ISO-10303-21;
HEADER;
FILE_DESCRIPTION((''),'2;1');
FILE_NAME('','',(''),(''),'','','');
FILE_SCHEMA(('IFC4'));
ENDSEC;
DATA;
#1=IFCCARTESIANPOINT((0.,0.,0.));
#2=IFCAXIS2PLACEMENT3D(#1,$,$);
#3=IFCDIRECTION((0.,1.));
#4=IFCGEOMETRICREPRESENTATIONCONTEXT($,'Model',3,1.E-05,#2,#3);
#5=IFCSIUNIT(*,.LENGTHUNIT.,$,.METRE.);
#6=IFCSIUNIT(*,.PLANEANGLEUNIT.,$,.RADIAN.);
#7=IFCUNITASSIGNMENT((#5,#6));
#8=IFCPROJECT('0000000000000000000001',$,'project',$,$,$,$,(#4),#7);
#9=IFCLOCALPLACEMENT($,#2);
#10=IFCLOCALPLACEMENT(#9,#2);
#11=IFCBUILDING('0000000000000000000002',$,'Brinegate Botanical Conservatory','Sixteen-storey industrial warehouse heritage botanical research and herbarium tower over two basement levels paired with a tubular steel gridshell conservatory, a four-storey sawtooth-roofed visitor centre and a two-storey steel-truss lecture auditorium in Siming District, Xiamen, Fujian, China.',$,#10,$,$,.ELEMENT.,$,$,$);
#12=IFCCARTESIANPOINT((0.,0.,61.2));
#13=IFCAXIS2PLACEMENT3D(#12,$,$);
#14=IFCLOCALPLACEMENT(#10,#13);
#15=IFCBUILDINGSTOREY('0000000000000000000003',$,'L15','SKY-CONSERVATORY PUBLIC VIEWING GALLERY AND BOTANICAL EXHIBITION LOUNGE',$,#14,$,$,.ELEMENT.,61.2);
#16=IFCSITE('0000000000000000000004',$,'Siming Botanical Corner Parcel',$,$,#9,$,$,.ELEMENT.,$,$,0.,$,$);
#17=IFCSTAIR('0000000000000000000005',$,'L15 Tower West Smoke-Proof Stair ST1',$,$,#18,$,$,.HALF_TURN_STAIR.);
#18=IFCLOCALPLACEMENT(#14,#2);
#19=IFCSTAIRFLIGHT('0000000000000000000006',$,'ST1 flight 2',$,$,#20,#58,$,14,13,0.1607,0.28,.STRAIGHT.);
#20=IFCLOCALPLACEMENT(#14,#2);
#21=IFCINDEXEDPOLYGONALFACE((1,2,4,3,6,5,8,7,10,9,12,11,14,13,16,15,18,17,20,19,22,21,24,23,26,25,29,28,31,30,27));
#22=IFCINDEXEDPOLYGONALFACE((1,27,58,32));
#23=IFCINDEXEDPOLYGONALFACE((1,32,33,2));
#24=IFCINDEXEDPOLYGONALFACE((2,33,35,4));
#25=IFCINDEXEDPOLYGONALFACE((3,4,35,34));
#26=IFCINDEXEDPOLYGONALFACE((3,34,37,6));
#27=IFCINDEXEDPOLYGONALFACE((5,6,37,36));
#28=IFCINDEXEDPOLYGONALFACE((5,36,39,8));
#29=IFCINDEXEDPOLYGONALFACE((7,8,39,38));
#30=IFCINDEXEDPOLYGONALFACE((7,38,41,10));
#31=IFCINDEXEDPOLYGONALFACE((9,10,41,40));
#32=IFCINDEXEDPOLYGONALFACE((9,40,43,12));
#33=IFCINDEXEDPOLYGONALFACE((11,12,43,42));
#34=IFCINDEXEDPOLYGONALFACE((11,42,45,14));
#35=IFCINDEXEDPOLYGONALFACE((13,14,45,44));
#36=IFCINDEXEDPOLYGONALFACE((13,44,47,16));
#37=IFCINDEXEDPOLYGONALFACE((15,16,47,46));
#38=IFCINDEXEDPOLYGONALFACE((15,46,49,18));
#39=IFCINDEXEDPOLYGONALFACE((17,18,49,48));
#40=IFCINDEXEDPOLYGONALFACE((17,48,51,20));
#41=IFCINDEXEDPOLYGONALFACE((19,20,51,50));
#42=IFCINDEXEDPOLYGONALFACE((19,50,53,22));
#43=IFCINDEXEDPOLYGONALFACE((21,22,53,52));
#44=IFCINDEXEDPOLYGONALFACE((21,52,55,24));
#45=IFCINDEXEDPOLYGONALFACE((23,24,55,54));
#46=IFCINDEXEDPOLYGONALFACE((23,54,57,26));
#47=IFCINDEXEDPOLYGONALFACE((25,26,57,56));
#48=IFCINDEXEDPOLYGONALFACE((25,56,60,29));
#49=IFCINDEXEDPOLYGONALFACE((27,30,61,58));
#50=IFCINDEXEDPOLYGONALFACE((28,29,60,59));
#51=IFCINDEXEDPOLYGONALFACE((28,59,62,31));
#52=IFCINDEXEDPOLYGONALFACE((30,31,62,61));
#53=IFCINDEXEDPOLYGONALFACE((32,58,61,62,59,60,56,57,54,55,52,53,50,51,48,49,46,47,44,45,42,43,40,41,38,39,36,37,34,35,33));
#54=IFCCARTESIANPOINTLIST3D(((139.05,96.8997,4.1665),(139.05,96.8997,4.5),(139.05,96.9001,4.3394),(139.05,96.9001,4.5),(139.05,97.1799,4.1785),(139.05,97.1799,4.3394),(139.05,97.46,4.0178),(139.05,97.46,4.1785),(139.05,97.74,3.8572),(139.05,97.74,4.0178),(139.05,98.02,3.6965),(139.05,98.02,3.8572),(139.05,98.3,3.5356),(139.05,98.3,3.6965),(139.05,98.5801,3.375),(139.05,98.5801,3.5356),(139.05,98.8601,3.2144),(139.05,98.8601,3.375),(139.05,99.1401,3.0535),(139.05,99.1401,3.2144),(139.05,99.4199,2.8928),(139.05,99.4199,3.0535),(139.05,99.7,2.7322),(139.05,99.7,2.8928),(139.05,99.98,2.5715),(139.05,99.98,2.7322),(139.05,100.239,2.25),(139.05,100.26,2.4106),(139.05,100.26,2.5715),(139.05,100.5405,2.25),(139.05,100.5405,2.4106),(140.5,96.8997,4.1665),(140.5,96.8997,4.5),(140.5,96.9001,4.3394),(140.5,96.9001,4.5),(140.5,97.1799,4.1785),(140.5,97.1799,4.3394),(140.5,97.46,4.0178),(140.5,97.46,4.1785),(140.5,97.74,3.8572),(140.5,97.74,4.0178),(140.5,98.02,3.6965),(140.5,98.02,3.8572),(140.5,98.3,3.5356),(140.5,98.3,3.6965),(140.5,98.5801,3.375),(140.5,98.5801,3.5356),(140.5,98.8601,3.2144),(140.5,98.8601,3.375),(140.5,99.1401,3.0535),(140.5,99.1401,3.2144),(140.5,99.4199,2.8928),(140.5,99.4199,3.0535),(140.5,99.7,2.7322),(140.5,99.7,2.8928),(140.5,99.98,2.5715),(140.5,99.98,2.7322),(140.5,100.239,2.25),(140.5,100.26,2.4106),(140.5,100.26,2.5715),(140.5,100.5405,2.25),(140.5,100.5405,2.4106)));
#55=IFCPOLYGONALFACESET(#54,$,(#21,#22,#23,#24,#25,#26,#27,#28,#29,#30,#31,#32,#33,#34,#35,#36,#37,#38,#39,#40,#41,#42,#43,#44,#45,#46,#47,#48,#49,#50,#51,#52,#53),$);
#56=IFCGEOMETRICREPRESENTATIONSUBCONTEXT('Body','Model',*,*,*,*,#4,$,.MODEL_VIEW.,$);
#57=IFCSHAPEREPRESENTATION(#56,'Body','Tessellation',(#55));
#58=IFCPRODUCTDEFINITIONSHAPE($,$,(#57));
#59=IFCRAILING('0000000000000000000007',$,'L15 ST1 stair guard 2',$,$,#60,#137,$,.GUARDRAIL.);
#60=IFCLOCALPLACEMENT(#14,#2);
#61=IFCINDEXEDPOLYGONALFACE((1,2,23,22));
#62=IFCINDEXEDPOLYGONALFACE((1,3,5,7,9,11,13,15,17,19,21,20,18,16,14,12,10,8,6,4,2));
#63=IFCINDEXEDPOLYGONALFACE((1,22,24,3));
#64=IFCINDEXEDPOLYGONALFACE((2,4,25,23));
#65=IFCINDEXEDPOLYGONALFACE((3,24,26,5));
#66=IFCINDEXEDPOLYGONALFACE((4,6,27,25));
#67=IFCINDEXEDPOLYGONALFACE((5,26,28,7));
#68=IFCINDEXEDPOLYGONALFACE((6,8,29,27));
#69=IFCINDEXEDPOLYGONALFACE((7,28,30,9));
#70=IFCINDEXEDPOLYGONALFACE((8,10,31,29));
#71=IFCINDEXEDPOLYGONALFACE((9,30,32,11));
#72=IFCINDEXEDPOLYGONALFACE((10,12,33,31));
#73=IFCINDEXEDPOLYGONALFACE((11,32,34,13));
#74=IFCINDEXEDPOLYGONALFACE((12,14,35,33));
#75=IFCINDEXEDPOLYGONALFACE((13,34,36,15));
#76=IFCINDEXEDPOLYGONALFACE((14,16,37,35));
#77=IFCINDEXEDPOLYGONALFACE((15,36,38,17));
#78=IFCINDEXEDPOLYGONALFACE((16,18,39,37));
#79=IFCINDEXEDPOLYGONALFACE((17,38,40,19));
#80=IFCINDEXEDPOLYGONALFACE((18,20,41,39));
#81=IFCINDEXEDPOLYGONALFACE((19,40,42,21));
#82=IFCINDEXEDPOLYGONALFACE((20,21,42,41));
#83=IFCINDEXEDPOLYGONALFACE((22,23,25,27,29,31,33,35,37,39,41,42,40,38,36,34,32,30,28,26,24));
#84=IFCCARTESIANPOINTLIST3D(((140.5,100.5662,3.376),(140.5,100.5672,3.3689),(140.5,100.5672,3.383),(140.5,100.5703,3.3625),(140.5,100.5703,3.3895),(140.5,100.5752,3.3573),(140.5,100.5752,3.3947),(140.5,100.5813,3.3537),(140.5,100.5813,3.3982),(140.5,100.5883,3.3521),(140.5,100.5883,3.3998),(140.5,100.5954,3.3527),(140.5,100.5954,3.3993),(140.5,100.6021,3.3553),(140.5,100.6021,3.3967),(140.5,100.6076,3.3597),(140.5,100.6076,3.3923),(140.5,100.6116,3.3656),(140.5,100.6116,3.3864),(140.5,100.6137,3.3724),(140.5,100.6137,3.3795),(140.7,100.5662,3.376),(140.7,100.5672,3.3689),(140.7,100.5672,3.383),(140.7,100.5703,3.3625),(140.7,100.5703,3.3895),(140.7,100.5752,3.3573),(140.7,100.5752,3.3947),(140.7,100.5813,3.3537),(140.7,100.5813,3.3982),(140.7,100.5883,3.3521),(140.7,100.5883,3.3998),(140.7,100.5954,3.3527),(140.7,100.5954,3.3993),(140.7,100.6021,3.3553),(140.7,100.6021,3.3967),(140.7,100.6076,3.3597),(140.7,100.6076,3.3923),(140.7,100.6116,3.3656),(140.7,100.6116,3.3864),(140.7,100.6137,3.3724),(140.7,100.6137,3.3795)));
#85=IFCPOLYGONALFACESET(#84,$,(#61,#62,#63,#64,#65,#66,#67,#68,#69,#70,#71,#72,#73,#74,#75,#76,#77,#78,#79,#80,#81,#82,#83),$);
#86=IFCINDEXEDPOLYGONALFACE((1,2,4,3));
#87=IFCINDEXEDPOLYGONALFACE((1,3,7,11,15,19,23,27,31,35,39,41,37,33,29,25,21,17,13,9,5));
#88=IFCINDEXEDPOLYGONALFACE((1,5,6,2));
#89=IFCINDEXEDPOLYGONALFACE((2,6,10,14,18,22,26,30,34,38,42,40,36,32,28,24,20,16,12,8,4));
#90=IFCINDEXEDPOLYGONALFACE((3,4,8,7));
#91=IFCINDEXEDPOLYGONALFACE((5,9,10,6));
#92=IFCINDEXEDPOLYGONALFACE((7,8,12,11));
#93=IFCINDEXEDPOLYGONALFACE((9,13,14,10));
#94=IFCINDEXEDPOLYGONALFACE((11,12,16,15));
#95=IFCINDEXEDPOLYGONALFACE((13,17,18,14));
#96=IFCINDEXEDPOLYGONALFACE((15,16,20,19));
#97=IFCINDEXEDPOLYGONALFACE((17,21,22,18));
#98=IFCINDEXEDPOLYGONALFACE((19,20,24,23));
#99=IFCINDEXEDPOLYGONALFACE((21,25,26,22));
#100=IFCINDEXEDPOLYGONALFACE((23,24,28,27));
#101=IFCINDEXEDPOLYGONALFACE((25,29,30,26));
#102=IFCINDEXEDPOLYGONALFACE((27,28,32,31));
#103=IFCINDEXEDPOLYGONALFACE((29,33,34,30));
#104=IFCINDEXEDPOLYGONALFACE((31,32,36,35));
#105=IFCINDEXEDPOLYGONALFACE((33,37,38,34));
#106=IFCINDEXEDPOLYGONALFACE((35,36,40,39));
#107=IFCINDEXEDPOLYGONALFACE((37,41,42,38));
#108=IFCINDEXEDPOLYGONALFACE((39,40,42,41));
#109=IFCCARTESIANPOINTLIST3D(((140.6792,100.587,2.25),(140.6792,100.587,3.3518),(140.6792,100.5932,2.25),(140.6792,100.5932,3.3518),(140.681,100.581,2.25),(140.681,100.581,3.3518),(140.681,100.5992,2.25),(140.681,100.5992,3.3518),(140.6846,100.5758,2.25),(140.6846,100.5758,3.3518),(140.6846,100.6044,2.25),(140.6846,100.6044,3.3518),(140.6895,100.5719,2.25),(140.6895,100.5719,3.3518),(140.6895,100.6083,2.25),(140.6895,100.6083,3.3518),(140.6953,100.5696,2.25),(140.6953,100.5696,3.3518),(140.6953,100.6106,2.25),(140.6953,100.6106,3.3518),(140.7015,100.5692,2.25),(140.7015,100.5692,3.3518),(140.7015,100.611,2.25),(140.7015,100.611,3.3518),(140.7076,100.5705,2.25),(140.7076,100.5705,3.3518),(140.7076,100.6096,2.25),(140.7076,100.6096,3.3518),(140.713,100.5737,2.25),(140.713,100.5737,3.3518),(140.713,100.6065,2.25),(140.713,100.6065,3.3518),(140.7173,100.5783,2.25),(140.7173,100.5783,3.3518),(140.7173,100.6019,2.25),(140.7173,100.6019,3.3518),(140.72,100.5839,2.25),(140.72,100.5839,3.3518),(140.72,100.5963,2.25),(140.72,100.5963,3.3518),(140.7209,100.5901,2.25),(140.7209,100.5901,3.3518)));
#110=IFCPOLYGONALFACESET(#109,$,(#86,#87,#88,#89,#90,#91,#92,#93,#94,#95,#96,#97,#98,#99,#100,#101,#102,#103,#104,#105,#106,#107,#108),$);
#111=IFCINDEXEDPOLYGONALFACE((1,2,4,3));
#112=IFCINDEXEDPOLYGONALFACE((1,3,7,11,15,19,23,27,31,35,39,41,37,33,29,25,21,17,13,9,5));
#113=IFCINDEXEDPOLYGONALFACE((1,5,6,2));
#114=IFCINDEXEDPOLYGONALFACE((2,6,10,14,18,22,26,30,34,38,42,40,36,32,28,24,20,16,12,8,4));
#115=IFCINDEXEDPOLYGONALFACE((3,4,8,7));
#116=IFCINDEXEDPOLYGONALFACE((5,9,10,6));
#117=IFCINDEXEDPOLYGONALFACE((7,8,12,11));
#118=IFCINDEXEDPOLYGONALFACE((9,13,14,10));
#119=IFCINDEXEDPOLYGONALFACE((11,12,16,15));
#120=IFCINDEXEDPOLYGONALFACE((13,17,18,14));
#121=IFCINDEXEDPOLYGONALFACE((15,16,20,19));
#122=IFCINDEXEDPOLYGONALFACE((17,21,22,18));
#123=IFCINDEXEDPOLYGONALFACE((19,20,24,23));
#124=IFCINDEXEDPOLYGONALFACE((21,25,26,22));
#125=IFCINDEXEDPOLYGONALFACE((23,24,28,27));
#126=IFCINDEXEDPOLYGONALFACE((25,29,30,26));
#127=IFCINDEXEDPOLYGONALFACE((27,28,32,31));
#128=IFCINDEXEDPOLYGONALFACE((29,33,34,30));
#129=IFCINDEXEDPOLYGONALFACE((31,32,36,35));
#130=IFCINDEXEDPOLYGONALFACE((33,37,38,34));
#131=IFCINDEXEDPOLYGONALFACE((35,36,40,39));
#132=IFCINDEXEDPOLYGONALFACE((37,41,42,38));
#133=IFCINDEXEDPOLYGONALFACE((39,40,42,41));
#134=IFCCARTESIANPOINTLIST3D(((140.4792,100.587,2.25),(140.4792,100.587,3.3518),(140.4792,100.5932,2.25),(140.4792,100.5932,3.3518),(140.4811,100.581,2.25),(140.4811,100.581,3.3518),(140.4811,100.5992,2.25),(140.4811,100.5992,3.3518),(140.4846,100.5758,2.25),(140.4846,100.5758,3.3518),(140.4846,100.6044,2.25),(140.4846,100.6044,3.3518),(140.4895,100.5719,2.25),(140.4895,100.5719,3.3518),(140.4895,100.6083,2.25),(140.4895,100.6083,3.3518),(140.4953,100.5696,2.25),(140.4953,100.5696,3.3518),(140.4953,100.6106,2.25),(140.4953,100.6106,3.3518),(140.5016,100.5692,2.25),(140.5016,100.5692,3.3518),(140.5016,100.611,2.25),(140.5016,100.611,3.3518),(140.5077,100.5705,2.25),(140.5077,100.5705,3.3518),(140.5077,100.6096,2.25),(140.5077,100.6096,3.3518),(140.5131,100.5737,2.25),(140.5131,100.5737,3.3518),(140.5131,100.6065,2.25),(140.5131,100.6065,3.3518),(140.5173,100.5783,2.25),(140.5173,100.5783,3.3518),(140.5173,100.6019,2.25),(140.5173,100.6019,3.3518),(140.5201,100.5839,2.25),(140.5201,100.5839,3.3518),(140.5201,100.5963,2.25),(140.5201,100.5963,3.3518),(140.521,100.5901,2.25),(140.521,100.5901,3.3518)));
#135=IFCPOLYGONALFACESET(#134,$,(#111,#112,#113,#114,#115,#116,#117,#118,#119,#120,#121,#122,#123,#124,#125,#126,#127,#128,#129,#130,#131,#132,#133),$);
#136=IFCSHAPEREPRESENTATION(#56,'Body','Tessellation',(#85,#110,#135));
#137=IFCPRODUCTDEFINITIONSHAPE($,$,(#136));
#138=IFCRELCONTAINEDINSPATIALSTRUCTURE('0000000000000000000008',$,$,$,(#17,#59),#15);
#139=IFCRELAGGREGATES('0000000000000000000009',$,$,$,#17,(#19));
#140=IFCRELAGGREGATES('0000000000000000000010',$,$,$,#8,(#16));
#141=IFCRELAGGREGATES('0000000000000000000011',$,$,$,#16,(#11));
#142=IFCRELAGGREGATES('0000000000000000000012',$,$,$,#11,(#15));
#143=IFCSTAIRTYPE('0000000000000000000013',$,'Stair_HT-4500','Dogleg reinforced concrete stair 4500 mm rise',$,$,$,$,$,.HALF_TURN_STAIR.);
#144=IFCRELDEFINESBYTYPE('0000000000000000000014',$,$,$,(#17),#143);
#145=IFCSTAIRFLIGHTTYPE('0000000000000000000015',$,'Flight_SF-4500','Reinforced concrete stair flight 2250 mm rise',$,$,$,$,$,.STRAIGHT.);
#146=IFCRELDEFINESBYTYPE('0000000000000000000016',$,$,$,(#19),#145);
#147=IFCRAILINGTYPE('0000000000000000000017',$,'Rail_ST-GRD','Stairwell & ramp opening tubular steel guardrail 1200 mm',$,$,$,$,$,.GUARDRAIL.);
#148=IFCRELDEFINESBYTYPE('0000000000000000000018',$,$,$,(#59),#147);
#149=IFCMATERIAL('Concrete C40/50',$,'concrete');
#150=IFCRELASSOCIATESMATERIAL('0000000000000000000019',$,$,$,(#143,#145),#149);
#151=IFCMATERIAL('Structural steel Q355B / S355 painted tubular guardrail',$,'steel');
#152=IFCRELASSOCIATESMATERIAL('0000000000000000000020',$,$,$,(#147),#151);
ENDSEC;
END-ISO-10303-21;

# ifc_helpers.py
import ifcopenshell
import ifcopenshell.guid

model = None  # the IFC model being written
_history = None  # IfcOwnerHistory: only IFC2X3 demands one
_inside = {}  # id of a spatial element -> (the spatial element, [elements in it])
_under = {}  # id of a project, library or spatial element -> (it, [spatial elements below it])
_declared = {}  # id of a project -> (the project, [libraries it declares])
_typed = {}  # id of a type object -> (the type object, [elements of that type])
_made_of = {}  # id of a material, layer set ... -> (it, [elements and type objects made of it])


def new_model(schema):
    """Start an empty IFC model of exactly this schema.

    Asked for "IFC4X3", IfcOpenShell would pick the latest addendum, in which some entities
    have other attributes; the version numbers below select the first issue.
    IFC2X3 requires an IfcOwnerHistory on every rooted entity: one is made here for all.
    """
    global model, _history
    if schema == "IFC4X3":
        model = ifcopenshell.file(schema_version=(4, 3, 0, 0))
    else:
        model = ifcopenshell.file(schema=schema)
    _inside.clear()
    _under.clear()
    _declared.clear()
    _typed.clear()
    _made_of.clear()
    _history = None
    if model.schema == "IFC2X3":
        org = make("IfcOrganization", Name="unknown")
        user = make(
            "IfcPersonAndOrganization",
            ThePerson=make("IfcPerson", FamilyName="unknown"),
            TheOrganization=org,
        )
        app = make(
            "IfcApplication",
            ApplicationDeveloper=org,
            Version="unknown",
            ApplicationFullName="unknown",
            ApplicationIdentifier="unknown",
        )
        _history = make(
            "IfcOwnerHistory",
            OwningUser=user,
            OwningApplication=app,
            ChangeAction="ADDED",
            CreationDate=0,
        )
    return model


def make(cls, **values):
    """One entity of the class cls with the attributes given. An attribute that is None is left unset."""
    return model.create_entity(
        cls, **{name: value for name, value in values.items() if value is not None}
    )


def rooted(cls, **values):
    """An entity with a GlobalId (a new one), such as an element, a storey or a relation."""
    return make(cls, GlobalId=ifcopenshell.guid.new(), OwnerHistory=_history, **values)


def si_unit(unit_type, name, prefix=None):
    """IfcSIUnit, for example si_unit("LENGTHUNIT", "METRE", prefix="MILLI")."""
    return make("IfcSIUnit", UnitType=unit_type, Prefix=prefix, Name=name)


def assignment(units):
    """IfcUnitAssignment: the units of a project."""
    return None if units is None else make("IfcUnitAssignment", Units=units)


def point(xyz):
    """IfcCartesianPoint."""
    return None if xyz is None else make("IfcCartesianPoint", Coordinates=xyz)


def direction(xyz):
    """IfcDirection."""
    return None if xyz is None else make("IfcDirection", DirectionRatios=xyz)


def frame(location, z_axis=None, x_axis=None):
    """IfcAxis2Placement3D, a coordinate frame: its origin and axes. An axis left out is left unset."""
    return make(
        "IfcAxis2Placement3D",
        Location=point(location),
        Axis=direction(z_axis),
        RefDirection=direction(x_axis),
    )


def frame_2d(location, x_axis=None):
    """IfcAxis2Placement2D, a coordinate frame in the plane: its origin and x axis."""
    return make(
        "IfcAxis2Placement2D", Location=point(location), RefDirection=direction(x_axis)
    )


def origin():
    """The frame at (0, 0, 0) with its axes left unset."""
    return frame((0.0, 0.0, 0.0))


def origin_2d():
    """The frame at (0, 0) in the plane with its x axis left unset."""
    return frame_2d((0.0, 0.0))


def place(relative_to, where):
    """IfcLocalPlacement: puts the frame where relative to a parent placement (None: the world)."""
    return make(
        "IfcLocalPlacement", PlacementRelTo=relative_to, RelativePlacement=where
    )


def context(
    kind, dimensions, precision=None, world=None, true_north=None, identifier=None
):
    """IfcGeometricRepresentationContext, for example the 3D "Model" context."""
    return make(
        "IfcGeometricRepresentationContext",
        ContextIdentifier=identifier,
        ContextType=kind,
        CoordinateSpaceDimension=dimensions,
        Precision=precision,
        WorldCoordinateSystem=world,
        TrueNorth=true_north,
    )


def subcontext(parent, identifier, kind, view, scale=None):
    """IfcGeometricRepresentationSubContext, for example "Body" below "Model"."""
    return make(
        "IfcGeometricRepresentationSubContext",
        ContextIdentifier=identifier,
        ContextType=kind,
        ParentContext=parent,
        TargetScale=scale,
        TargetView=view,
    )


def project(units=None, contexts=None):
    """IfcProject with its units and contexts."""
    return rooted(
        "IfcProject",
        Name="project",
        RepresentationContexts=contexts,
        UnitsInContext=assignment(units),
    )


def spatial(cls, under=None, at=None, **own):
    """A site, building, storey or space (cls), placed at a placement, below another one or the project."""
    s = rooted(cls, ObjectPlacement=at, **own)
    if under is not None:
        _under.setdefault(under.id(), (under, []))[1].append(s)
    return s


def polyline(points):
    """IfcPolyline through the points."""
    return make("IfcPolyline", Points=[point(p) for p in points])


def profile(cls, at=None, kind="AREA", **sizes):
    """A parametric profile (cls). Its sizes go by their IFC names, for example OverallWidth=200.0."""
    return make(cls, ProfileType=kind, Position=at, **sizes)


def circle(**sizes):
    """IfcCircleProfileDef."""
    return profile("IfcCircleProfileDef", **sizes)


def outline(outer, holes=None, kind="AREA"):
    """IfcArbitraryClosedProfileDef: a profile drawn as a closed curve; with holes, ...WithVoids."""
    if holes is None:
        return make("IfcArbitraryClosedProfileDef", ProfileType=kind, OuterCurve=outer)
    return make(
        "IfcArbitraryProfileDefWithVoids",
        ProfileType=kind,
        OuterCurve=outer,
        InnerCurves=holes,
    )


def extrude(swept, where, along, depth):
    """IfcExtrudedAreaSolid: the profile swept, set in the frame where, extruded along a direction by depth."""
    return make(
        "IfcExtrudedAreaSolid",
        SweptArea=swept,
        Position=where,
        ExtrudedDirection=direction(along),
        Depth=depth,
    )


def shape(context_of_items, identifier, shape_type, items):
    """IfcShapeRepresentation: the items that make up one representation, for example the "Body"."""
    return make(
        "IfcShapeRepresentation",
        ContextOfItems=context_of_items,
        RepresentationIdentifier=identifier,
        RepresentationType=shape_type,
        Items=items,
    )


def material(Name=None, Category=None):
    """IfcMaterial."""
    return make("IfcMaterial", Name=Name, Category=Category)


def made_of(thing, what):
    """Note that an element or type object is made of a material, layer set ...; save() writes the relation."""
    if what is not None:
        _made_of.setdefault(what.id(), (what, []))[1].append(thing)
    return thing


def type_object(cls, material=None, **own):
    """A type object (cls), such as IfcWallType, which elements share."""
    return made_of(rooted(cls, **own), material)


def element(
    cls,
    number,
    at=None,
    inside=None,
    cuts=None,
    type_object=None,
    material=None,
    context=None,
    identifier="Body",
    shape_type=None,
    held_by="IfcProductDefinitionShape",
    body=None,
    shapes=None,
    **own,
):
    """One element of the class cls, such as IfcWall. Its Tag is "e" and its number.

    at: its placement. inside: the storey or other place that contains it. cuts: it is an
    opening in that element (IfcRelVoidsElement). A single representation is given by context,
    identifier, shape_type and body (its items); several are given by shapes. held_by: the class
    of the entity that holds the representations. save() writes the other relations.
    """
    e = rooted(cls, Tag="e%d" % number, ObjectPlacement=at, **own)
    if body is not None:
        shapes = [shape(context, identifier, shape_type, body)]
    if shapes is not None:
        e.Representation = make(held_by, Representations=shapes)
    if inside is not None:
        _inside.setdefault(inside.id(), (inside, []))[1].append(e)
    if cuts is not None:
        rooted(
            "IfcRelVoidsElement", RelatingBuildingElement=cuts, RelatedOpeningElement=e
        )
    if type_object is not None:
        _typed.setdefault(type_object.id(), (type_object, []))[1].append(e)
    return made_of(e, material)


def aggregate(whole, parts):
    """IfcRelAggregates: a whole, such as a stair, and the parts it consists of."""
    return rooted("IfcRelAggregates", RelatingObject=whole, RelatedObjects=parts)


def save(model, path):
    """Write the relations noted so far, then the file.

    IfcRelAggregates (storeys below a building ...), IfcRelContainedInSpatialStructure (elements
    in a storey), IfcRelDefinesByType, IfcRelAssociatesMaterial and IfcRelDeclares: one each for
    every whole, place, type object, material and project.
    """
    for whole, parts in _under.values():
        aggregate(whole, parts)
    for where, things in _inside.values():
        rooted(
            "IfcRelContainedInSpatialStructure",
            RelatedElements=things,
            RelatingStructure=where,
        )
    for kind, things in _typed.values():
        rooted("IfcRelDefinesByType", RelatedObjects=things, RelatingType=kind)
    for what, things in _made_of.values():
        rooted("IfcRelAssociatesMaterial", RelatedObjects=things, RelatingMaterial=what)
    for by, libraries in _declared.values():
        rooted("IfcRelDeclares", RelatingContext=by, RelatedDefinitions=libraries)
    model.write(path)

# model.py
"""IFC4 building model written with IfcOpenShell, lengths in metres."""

from ifc_helpers import new_model, si_unit, direction, frame, origin, origin_2d, place, context, subcontext, project, spatial, polyline, circle, outline, extrude, material, type_object, element, aggregate, save


model = new_model("IFC4")

# Units and contexts
model_context = context("Model", 3, precision=1e-05, world=origin(), true_north=direction((0.0, 1.0)))
body_context = subcontext(model_context, "Body", "Model", "MODEL_VIEW")
ifc_project = project(units=[si_unit("LENGTHUNIT", "METRE"), si_unit("PLANEANGLEUNIT", "RADIAN")], contexts=[model_context])

# Site, building, storey
site_placement = place(None, origin())
site = spatial("IfcSite", under=ifc_project, at=site_placement, Name="Siming Botanical Corner Parcel", CompositionType="ELEMENT", RefElevation=0.0)
building_placement = place(site_placement, origin())
building = spatial("IfcBuilding", under=site, at=building_placement, Name="Brinegate Botanical Conservatory", Description="Sixteen-storey industrial warehouse heritage botanical research and herbarium tower over two basement levels paired with a tubular steel gridshell conservatory, a four-storey sawtooth-roofed visitor centre and a two-storey steel-truss lecture auditorium in Siming District, Xiamen, Fujian, China.", CompositionType="ELEMENT")
storey_placement = place(building_placement, frame((0.0, 0.0, 61.2)))
storey = spatial("IfcBuildingStorey", under=building, at=storey_placement, Name="L15", Description="SKY-CONSERVATORY PUBLIC VIEWING GALLERY AND BOTANICAL EXHIBITION LOUNGE", CompositionType="ELEMENT", Elevation=61.2)

# Shared definitions
ifc_material_1 = material(Name="Concrete C40/50", Category="concrete")

# Stair, stair flight
stair_type = type_object("IfcStairType", Name="Stair_HT-4500", Description="Dogleg reinforced concrete stair 4500 mm rise", PredefinedType="HALF_TURN_STAIR", material=ifc_material_1)
stair_placement = place(storey_placement, origin())
stair = element("IfcStair", 1, at=stair_placement, inside=storey, type_object=stair_type, Name="L15 Tower West Smoke-Proof Stair ST1", PredefinedType="HALF_TURN_STAIR")
stair_flight_type = type_object("IfcStairFlightType", Name="Flight_SF-4500", Description="Reinforced concrete stair flight 2250 mm rise", PredefinedType="STRAIGHT", material=ifc_material_1)
stair_flight_placement = place(storey_placement, frame((139.7749, 100.54, 2.25), z_axis=(0.0, 0.0, 1.0), x_axis=(0.0, -1.0, 0.0)))
stair_flight = element("IfcStairFlight", 2, at=stair_flight_placement, type_object=stair_flight_type, Name="ST1 flight 2", NumberOfRisers=14, NumberOfTreads=13, PredefinedType="STRAIGHT", RiserHeight=0.1607, TreadLength=0.28, context=body_context, shape_type="SweptSolid", body=[
    extrude(outline(polyline([(-0.0005, 0.0), (-0.0005, 0.1606), (0.28, 0.1606), (0.28, 0.3215), (0.5601, 0.3215), (0.5601, 0.4822), (0.8401, 0.4822), (0.8401, 0.6428), (1.1201, 0.6428), (1.1201, 0.8035), (1.3999, 0.8035), (1.3999, 0.9644), (1.6799, 0.9644), (1.6799, 1.125), (1.96, 1.125), (1.96, 1.2856), (2.24, 1.2856), (2.24, 1.4465), (2.52, 1.4465), (2.52, 1.6072), (2.8, 1.6072), (2.8, 1.7678), (3.0801, 1.7678), (3.0801, 1.9285), (3.3601, 1.9285), (3.3601, 2.0894), (3.6399, 2.0894), (3.6399, 2.25), (3.6404, 2.25), (3.6404, 1.9165), (0.301, 0.0), (-0.0005, 0.0)])), frame((0.0, 0.7251, 0.0), z_axis=(0.0, -1.0, 0.0), x_axis=(1.0, 0.0, 0.0)), (0.0, 0.0, 1.0), 1.45),
])
aggregate(stair, [stair_flight])

# Railing
ifc_material_2 = material(Name="Structural steel Q355B / S355 painted tubular guardrail", Category="steel")
railing_type_1 = type_object("IfcRailingType", Name="Rail_ST-GRD", Description="Stairwell & ramp opening tubular steel guardrail 1200 mm", PredefinedType="GUARDRAIL", material=ifc_material_2)
railing_1_placement = place(storey_placement, frame((140.7, 100.5901, 2.25)))
element("IfcRailing", 3, at=railing_1_placement, inside=storey, type_object=railing_type_1, Name="L15 ST1 stair guard 2", PredefinedType="GUARDRAIL", context=body_context, shape_type="SweptSolid", body=[
    extrude(circle(Radius=0.0239, at=origin_2d()), frame((0.0, 0.0, 1.126), z_axis=(-1.0, 0.0, 0.0), x_axis=(0.0, -1.0, 0.0)), (0.0, 0.0, 1.0), 0.2),
    extrude(circle(Radius=0.021, at=origin_2d()), origin(), (0.0, 0.0, 1.0), 1.1018),
    extrude(circle(Radius=0.021, at=origin_2d()), frame((-0.2, 0.0, 0.0)), (0.0, 0.0, 1.0), 1.1018),
])

save(model, "model.ifc")
